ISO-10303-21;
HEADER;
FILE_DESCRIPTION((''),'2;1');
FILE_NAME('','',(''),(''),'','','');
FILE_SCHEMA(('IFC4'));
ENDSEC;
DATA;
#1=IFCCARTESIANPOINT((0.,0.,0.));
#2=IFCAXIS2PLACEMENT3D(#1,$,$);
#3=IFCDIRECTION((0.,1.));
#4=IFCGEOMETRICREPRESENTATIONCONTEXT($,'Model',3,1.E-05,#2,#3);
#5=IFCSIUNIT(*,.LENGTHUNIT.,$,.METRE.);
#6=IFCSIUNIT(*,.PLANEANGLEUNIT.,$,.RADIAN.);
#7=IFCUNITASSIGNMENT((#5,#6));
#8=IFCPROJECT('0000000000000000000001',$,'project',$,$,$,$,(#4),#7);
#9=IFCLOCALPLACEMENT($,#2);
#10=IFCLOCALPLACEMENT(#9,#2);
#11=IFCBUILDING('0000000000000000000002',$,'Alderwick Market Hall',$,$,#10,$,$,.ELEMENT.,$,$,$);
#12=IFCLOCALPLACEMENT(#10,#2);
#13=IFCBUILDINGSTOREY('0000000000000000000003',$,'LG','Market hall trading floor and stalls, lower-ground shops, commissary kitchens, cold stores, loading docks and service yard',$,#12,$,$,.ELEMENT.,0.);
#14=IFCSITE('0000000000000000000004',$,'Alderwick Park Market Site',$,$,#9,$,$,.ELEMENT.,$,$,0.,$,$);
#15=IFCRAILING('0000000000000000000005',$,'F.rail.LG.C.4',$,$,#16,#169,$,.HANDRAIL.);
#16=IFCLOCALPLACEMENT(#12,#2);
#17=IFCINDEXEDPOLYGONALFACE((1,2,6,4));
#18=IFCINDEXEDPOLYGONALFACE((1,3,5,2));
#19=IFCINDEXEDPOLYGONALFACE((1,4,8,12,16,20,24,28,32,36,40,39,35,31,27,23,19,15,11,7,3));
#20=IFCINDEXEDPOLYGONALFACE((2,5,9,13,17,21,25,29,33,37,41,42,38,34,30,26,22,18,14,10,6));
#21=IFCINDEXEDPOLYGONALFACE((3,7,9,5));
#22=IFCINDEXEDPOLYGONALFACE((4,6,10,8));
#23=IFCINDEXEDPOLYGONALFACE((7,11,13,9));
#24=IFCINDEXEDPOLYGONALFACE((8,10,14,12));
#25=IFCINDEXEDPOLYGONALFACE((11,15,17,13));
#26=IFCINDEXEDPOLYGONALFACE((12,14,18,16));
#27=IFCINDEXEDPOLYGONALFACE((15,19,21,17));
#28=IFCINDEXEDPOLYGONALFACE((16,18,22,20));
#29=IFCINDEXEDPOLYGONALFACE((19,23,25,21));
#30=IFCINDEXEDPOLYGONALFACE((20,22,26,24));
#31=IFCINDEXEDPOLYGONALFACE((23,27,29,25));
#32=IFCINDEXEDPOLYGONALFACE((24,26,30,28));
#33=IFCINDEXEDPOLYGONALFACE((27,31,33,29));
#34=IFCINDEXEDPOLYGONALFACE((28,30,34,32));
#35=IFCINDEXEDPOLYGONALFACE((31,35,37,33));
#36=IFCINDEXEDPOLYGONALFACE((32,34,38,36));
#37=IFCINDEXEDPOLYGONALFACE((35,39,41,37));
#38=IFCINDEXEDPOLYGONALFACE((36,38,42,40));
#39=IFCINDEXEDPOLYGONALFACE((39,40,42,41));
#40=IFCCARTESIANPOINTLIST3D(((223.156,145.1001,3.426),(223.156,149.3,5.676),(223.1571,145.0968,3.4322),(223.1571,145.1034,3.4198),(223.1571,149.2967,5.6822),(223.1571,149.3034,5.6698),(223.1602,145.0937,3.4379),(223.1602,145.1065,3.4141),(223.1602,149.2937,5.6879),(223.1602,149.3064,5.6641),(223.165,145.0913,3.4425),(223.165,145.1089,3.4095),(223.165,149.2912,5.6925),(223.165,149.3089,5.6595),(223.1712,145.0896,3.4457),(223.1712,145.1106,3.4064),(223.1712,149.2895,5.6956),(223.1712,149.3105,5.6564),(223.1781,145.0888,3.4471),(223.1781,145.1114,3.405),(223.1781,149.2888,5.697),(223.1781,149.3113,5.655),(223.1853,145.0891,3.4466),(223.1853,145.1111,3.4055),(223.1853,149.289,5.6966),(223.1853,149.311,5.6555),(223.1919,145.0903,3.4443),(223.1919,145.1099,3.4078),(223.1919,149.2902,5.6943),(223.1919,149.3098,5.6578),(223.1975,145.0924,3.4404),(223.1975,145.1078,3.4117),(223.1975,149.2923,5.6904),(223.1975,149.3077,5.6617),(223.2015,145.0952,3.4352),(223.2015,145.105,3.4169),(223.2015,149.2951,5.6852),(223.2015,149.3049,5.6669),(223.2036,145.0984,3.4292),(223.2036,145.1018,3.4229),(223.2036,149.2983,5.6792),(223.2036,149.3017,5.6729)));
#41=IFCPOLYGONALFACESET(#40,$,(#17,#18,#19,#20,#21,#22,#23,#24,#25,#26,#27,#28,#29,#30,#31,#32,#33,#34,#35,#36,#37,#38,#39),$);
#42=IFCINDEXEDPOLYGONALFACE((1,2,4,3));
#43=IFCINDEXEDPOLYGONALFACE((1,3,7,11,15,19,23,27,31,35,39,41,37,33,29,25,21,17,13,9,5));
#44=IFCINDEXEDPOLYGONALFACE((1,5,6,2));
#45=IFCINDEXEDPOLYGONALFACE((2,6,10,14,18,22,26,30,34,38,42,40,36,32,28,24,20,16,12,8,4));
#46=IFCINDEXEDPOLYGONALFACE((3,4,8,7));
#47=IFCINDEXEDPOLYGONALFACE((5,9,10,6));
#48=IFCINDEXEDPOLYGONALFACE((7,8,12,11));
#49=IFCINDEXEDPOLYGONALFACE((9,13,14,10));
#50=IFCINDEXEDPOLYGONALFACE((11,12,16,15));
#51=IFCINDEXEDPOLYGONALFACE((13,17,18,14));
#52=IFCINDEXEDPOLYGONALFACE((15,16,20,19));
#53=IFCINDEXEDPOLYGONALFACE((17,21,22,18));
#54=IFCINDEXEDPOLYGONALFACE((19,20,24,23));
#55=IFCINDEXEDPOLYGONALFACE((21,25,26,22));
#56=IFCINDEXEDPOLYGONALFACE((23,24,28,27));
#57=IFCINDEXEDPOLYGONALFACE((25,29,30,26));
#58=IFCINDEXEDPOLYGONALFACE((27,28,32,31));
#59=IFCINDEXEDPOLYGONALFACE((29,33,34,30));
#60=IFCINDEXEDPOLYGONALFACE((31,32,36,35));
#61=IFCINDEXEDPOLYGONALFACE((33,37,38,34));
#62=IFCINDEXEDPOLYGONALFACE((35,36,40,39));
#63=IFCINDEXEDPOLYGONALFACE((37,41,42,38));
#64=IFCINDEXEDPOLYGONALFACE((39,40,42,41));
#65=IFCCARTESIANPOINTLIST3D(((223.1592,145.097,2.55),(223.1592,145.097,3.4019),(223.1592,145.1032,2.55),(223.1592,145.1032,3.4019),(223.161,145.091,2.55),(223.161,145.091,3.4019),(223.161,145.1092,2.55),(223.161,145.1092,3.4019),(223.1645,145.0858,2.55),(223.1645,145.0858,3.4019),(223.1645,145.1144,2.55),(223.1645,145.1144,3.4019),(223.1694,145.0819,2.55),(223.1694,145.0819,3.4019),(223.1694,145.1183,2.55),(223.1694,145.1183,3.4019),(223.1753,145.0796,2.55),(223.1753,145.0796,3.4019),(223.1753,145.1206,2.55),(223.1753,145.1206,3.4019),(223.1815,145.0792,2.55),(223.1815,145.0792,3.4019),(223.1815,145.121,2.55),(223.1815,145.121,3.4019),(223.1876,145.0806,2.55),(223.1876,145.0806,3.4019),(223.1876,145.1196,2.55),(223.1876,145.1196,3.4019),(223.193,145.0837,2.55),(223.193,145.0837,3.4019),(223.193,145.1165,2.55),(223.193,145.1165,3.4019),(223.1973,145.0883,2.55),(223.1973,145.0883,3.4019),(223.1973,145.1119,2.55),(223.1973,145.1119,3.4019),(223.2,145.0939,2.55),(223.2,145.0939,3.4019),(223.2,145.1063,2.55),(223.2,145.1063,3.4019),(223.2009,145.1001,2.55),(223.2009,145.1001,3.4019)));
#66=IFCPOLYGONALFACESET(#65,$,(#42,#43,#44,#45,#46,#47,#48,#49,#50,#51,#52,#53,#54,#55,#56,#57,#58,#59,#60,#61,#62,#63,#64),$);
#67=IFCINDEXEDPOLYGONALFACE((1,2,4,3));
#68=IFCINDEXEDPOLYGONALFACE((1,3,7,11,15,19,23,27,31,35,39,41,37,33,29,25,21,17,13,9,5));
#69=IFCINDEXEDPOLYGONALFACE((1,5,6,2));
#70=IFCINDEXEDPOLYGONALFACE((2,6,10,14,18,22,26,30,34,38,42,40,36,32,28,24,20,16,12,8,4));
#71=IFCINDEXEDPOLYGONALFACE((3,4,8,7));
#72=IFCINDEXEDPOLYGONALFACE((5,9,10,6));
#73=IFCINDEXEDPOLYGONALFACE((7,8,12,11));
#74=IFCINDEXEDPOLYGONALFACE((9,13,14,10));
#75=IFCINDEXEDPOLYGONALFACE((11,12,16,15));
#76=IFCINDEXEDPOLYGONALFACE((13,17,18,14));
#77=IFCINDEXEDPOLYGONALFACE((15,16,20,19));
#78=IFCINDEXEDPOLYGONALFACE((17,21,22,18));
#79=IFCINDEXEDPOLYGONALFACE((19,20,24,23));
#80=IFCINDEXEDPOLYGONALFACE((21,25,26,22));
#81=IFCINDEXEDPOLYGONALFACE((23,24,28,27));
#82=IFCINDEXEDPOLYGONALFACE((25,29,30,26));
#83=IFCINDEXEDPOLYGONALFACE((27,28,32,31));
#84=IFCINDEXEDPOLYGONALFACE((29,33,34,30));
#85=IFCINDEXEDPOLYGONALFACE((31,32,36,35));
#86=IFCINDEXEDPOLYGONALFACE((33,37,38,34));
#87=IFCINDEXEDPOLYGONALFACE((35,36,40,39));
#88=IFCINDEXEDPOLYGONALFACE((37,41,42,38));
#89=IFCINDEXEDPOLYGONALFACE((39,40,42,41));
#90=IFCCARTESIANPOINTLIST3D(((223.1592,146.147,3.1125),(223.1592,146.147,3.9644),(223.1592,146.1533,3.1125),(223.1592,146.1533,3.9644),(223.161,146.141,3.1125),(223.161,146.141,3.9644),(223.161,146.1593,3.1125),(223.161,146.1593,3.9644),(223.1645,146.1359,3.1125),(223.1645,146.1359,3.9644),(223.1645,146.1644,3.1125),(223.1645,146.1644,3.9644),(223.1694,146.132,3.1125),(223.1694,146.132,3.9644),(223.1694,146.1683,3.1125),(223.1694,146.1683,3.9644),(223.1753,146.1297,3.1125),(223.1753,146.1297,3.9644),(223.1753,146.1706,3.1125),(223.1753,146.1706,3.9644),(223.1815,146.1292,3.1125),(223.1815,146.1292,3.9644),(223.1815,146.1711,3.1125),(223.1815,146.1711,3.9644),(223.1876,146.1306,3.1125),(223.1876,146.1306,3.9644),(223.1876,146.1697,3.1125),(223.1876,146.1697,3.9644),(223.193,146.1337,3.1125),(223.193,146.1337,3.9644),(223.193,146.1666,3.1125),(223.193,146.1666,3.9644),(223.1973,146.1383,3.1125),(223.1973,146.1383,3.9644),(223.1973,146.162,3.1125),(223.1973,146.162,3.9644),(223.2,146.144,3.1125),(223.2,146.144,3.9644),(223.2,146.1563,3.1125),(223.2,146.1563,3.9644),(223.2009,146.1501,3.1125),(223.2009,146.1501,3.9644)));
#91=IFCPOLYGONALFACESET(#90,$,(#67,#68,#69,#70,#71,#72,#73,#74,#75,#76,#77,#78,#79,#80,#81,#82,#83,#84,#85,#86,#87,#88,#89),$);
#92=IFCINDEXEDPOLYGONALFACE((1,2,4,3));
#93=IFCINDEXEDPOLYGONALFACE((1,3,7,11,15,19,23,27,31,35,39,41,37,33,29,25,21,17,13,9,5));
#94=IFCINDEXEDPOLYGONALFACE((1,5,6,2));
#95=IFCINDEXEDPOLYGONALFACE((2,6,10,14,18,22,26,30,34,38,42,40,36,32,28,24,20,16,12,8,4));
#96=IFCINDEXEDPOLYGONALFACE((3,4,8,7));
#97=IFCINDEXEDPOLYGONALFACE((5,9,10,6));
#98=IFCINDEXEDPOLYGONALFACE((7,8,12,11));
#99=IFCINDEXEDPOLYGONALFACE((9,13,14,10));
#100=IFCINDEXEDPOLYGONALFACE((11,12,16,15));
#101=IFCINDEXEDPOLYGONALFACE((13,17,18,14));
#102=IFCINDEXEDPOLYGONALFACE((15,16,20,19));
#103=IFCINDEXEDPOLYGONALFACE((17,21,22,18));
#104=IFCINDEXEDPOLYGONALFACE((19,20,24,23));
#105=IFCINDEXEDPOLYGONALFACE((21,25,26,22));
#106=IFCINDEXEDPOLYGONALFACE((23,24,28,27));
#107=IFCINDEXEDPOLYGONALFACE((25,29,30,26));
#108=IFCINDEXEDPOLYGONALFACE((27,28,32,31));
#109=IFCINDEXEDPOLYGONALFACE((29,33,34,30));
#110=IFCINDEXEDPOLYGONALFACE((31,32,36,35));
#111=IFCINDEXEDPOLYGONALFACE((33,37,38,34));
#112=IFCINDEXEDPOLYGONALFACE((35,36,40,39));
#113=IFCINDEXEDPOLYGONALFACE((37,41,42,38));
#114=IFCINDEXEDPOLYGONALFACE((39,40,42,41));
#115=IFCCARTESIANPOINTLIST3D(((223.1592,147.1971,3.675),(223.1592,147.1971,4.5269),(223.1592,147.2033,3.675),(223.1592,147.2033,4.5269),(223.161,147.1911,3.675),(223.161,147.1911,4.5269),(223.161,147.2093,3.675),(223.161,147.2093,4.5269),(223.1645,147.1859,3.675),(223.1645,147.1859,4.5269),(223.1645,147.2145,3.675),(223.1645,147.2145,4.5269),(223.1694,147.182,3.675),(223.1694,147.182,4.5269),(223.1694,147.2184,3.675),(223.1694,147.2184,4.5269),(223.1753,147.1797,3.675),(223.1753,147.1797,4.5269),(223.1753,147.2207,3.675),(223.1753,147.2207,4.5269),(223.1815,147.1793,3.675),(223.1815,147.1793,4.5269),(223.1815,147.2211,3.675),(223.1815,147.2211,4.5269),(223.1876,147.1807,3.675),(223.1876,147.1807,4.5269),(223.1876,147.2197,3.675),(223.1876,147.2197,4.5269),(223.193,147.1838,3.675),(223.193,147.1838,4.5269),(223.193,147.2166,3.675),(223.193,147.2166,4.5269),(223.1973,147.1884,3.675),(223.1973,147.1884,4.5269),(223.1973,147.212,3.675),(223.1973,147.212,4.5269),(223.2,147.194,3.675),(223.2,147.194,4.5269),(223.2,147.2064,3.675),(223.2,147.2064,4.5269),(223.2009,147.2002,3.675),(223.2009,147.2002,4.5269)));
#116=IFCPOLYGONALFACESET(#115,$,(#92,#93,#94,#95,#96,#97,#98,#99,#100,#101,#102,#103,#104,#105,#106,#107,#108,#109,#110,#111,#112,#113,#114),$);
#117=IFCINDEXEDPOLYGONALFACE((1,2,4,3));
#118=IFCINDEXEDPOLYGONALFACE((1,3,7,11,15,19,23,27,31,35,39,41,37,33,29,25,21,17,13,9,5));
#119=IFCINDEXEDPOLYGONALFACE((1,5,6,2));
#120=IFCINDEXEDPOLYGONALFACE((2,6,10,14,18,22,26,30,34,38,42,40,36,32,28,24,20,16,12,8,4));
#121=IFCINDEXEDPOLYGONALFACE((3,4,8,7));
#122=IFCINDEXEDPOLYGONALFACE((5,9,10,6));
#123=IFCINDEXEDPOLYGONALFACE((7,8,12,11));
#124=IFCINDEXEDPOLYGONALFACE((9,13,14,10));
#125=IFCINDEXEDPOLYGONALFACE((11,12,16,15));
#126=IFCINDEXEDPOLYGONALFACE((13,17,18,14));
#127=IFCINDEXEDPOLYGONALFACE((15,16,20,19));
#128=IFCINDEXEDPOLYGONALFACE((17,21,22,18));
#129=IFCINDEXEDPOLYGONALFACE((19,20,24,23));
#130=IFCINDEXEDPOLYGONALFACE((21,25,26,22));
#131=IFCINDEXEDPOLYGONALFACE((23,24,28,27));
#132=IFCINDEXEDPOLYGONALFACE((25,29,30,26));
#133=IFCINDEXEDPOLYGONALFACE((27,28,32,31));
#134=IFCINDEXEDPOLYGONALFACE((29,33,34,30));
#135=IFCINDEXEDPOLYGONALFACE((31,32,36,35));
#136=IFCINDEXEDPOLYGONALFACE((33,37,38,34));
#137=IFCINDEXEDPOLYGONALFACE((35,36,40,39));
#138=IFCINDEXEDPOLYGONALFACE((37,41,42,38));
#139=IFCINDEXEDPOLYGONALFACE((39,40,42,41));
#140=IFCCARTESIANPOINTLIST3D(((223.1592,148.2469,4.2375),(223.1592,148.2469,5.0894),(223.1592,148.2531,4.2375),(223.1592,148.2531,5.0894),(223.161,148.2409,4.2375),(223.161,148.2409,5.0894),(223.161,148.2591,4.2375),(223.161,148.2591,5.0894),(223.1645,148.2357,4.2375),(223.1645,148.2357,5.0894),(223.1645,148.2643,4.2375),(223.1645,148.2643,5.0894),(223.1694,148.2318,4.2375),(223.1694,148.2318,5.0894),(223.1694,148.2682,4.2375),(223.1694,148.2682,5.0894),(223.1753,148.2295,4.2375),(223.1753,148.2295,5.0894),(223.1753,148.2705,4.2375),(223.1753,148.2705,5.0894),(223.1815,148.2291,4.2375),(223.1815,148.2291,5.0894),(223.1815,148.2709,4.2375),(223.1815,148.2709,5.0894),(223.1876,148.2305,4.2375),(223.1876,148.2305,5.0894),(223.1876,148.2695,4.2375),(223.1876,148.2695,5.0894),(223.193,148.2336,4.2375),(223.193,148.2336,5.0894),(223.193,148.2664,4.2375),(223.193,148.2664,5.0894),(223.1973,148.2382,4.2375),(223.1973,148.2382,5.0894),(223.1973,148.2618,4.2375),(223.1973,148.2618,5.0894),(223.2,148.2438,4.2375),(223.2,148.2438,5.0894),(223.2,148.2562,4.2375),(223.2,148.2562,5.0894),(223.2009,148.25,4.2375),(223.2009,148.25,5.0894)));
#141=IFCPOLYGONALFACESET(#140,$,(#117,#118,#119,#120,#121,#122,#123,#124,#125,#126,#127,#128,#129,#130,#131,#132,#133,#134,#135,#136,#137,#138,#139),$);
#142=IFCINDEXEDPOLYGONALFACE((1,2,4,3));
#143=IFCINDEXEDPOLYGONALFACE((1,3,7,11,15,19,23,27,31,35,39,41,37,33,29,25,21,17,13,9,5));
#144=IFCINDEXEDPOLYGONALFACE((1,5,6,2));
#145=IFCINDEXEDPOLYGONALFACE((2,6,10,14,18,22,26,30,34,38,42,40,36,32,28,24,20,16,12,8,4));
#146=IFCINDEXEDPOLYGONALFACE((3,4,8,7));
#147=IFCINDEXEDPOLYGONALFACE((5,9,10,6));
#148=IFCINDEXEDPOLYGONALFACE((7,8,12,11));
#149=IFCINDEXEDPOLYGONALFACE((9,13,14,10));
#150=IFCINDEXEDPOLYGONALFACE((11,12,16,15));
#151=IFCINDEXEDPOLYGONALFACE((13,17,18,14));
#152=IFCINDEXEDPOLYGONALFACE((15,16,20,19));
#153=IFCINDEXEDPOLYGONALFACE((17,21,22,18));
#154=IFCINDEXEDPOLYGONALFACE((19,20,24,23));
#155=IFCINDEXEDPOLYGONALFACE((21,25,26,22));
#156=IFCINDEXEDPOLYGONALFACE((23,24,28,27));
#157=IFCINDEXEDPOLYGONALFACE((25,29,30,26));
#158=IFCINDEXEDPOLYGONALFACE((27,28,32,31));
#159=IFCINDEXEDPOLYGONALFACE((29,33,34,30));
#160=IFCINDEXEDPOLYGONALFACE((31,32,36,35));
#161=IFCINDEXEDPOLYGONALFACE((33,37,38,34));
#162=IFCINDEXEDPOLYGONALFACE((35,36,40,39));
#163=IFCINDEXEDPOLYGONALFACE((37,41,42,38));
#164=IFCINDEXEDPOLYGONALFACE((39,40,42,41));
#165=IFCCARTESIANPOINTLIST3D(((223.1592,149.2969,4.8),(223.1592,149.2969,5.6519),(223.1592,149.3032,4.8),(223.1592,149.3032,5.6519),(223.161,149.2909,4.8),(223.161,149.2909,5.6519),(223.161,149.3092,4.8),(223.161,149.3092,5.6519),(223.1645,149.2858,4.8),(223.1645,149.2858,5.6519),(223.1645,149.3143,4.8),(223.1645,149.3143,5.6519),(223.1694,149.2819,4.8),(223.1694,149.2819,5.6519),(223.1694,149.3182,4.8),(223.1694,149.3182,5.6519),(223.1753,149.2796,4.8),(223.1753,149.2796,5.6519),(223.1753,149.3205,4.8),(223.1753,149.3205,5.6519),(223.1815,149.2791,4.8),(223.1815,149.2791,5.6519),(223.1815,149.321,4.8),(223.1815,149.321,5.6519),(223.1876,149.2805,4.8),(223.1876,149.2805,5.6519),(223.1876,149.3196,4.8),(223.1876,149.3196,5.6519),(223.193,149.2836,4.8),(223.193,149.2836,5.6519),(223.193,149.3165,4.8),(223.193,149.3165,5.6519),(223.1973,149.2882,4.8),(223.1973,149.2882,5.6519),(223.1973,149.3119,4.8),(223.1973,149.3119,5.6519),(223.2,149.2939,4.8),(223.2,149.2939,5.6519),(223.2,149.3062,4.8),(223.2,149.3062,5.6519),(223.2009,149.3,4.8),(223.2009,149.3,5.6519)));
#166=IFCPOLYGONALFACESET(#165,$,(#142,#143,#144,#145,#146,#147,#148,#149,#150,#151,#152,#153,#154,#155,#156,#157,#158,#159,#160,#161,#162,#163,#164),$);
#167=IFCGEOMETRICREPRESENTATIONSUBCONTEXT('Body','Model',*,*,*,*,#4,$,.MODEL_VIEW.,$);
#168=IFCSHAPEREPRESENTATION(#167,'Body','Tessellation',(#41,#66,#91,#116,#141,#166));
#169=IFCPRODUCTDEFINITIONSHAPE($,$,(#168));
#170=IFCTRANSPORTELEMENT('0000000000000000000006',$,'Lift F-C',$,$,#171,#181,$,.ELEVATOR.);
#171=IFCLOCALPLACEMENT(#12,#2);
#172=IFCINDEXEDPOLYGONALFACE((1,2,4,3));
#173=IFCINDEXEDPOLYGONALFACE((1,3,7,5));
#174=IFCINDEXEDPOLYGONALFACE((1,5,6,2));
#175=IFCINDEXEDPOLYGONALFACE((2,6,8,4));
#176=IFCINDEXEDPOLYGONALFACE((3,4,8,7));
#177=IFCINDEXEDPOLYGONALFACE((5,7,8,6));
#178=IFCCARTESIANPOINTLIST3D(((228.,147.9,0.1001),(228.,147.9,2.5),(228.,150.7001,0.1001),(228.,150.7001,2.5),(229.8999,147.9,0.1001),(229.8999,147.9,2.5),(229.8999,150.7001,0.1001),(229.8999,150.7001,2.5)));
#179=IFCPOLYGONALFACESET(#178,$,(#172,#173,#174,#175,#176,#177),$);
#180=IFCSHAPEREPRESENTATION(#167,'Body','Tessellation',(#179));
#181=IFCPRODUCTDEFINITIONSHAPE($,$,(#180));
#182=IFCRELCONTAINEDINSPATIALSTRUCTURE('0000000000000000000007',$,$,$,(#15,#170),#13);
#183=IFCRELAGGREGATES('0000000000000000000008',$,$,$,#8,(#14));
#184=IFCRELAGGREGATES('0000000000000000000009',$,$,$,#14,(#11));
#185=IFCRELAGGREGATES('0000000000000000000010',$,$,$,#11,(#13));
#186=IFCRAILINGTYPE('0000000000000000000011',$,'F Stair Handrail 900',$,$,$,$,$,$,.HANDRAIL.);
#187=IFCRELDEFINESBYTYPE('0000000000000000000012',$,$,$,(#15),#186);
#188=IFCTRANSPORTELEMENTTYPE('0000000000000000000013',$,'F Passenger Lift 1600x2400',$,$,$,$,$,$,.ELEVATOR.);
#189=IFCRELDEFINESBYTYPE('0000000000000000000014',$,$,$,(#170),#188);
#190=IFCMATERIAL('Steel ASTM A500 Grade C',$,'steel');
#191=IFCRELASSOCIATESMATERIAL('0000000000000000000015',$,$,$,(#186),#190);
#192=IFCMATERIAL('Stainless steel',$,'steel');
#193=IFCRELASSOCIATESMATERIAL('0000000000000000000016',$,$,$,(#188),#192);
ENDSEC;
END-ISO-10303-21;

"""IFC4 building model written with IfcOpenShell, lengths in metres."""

from ifc_helpers import new_model, si_unit, direction, frame, origin, origin_2d, place, context, subcontext, project, spatial, rectangle, circle, extrude, material, type_object, element, save


model = new_model("IFC4")

# Units and contexts
model_context = context("Model", 3, precision=1e-05, world=origin(), true_north=direction((0.0, 1.0)))
body_context = subcontext(model_context, "Body", "Model", "MODEL_VIEW")
ifc_project = project(units=[si_unit("LENGTHUNIT", "METRE"), si_unit("PLANEANGLEUNIT", "RADIAN")], contexts=[model_context])

# Site, building, storey
site_placement = place(None, origin())
site = spatial("IfcSite", under=ifc_project, at=site_placement, Name="Alderwick Park Market Site", CompositionType="ELEMENT", RefElevation=0.0)
building_placement = place(site_placement, origin())
building = spatial("IfcBuilding", under=site, at=building_placement, Name="Alderwick Market Hall", CompositionType="ELEMENT")
storey_placement = place(building_placement, origin())
storey = spatial("IfcBuildingStorey", under=building, at=storey_placement, Name="LG", Description="Market hall trading floor and stalls, lower-ground shops, commissary kitchens, cold stores, loading docks and service yard", CompositionType="ELEMENT", Elevation=0.0)

# Shared definitions
ifc_material_1 = material(Name="Stainless steel", Category="steel")

# Railing
ifc_material_2 = material(Name="Steel ASTM A500 Grade C", Category="steel")
railing_type = type_object("IfcRailingType", Name="F Stair Handrail 900", PredefinedType="HANDRAIL", material=ifc_material_2)
for number, where, name in (
    (1, (223.1799, 145.1001, 2.55), "F.rail.LG.C.4"),
):
    element("IfcRailing", number, at=place(storey_placement, frame(where)), inside=storey, type_object=railing_type, Name=name, PredefinedType="HANDRAIL", context=body_context, shape_type="SweptSolid", body=[
        extrude(circle(Radius=0.0239, at=origin_2d()), frame((0.0, 0.0, 0.876), z_axis=(0.0, 0.881478, 0.472226), x_axis=(-1.0, 0.0, 0.0)), (0.0, 0.0, 1.0), 4.7646),
        extrude(circle(Radius=0.021, at=origin_2d()), origin(), (0.0, 0.0, 1.0), 0.8518),
        extrude(circle(Radius=0.021, at=origin_2d()), frame((0.0, 1.05, 0.5625)), (0.0, 0.0, 1.0), 0.8518),
        extrude(circle(Radius=0.021, at=origin_2d()), frame((0.0, 2.1001, 1.125)), (0.0, 0.0, 1.0), 0.8518),
        extrude(circle(Radius=0.021, at=origin_2d()), frame((0.0, 3.1499, 1.6875)), (0.0, 0.0, 1.0), 0.8518),
        extrude(circle(Radius=0.021, at=origin_2d()), frame((0.0, 4.2, 2.25)), (0.0, 0.0, 1.0), 0.8518),
    ])

# Transport element
transport_element_type = type_object("IfcTransportElementType", Name="F Passenger Lift 1600x2400", PredefinedType="ELEVATOR", material=ifc_material_1)
transport_element_placement = place(storey_placement, frame((228.95, 149.3, 0.1001), z_axis=(0.0, 0.0, 1.0), x_axis=(1.0, 0.0, 0.0)))
element("IfcTransportElement", 2, at=transport_element_placement, inside=storey, type_object=transport_element_type, Name="Lift F-C", PredefinedType="ELEVATOR", context=body_context, shape_type="SweptSolid", body=[
    extrude(rectangle(XDim=1.8999, YDim=2.8, at=origin_2d()), origin(), (0.0, 0.0, 1.0), 2.3999),
])

save(model, "model.ifc")
